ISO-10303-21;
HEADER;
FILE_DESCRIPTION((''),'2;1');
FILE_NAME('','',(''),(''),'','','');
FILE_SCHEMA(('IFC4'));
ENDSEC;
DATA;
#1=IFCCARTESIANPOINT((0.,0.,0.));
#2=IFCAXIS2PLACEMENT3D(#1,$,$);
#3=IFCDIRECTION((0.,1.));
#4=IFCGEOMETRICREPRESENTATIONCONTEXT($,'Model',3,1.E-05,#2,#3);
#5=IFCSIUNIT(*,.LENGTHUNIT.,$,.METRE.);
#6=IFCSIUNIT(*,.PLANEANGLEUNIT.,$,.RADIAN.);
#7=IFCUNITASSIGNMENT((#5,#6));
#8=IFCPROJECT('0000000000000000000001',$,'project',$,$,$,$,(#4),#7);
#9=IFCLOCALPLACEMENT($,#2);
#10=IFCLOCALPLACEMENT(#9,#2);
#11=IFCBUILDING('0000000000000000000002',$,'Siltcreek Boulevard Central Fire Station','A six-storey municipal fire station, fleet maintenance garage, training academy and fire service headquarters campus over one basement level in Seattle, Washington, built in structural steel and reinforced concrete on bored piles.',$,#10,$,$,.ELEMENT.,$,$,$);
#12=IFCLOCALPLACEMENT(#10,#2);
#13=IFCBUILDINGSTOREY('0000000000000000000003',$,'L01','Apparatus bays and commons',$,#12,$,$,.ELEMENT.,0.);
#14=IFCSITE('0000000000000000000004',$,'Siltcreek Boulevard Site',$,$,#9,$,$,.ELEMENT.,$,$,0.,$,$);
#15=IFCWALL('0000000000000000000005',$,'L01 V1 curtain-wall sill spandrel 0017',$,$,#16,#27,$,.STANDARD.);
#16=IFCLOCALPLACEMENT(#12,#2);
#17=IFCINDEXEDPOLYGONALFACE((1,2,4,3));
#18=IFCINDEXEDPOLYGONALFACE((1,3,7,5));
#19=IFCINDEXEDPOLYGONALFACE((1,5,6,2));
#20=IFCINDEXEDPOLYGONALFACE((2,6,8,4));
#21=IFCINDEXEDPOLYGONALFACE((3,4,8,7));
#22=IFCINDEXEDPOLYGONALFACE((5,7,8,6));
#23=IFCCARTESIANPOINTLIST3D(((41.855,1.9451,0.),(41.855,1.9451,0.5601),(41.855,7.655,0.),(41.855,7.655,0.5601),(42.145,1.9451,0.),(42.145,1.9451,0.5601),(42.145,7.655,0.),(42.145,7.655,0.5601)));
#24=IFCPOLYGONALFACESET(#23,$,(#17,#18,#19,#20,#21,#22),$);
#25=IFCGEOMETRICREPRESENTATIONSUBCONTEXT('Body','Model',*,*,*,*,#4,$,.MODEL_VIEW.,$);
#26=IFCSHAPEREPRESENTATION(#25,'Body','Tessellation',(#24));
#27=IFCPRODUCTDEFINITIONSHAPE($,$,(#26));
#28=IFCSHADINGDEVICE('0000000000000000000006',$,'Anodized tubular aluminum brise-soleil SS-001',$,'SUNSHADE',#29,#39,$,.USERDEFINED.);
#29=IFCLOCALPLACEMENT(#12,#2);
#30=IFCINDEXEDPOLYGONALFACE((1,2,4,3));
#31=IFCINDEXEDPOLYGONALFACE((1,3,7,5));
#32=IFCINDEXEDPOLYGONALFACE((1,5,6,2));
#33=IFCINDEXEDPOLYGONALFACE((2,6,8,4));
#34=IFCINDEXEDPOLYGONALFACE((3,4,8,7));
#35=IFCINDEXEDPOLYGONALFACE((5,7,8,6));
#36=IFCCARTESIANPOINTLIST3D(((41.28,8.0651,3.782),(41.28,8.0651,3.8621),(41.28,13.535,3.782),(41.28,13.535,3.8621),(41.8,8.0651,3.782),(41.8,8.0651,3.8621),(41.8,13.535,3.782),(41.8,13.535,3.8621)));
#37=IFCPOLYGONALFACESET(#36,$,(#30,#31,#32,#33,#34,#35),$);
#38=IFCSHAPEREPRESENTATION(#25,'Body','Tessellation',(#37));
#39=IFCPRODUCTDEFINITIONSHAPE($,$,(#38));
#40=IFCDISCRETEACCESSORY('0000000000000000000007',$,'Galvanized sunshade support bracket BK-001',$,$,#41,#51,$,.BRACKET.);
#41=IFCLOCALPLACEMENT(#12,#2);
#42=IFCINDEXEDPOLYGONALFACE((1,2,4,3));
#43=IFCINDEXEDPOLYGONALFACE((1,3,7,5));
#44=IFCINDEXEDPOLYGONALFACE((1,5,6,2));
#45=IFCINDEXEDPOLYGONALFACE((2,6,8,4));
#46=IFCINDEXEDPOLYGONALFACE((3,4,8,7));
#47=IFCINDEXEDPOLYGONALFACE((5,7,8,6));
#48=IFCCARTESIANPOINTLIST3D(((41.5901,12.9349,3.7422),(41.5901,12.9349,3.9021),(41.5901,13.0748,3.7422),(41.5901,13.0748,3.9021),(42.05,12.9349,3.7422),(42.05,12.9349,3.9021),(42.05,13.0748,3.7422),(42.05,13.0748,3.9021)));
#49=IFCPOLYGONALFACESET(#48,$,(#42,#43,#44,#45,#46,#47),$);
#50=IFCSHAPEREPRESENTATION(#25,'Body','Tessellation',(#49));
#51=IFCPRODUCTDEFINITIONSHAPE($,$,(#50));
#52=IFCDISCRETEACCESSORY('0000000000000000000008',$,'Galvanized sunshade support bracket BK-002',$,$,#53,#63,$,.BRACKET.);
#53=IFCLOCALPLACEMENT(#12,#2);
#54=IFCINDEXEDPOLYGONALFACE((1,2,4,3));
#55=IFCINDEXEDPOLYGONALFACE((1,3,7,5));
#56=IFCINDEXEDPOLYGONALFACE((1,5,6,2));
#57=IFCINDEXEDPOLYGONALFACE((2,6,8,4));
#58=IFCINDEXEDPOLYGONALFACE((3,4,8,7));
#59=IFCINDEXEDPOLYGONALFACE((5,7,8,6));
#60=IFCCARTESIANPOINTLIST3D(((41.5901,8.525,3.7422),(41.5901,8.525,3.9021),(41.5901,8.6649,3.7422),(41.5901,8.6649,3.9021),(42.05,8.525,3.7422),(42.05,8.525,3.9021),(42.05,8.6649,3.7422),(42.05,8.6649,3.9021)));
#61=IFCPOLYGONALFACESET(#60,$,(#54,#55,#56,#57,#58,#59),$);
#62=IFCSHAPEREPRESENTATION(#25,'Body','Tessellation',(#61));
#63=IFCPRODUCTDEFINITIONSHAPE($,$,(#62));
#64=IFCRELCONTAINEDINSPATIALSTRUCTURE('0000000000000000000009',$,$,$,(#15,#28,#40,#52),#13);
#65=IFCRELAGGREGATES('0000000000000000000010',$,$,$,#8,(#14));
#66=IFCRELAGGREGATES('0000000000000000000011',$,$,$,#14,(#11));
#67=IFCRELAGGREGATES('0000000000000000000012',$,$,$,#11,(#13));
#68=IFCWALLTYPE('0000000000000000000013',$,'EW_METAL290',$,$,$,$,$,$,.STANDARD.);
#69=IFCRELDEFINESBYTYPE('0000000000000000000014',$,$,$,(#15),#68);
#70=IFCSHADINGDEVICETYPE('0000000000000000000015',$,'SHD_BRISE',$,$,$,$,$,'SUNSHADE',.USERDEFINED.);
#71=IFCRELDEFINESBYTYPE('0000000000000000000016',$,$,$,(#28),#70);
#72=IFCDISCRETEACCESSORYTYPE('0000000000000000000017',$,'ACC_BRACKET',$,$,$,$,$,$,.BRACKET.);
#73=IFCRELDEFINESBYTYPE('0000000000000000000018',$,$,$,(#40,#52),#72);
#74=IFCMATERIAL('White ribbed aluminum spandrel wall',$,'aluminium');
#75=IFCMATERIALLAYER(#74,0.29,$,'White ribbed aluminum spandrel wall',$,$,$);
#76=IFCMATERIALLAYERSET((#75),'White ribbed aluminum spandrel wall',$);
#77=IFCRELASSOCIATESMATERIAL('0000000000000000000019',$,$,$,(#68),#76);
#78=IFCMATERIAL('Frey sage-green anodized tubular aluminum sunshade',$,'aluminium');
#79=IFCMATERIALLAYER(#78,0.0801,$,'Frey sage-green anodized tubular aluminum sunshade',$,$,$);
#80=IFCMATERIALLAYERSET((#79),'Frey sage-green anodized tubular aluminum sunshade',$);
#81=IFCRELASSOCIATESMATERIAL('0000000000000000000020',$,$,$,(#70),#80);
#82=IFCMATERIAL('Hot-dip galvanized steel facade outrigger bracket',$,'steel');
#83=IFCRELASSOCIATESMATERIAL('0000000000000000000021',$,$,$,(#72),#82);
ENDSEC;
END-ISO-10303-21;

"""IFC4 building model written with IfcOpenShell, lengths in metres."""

from ifc_helpers import new_model, si_unit, direction, frame, frame_2d, origin, origin_2d, place, context, subcontext, project, spatial, rectangle, extrude, material, layer, layer_set, type_object, element, save


model = new_model("IFC4")

# Units and contexts
model_context = context("Model", 3, precision=1e-05, world=origin(), true_north=direction((0.0, 1.0)))
body_context = subcontext(model_context, "Body", "Model", "MODEL_VIEW")
ifc_project = project(units=[si_unit("LENGTHUNIT", "METRE"), si_unit("PLANEANGLEUNIT", "RADIAN")], contexts=[model_context])

# Site, building, storey
site_placement = place(None, origin())
site = spatial("IfcSite", under=ifc_project, at=site_placement, Name="Siltcreek Boulevard Site", CompositionType="ELEMENT", RefElevation=0.0)
building_placement = place(site_placement, origin())
building = spatial("IfcBuilding", under=site, at=building_placement, Name="Siltcreek Boulevard Central Fire Station", Description="A six-storey municipal fire station, fleet maintenance garage, training academy and fire service headquarters campus over one basement level in Seattle, Washington, built in structural steel and reinforced concrete on bored piles.", CompositionType="ELEMENT")
storey_placement = place(building_placement, origin())
storey = spatial("IfcBuildingStorey", under=building, at=storey_placement, Name="L01", Description="Apparatus bays and commons", CompositionType="ELEMENT", Elevation=0.0)

# Wall
ifc_material_1 = material(Name="White ribbed aluminum spandrel wall", Category="aluminium")
ifc_layer_1 = layer(ifc_material_1, 0.29, Name="White ribbed aluminum spandrel wall")
ifc_layer_set_1 = layer_set([ifc_layer_1], Name="White ribbed aluminum spandrel wall")
wall_type = type_object("IfcWallType", Name="EW_METAL290", PredefinedType="STANDARD", material=ifc_layer_set_1)
wall_placement = place(storey_placement, frame((42.0, 7.655, 0.0), z_axis=(0.0, 0.0, 1.0), x_axis=(0.0, -1.0, 0.0)))
element("IfcWall", 1, at=wall_placement, inside=storey, type_object=wall_type, Name="L01 V1 curtain-wall sill spandrel 0017", PredefinedType="STANDARD", context=body_context, shape_type="SweptSolid", body=[
    extrude(rectangle(XDim=5.71, YDim=0.29, at=frame_2d((2.855, 0.0))), origin(), (0.0, 0.0, 1.0), 0.5601),
])

# Shading device
ifc_material_2 = material(Name="Frey sage-green anodized tubular aluminum sunshade", Category="aluminium")
ifc_layer_2 = layer(ifc_material_2, 0.0801, Name="Frey sage-green anodized tubular aluminum sunshade")
ifc_layer_set_2 = layer_set([ifc_layer_2], Name="Frey sage-green anodized tubular aluminum sunshade")
shading_device_type = type_object("IfcShadingDeviceType", Name="SHD_BRISE", ElementType="SUNSHADE", PredefinedType="USERDEFINED", material=ifc_layer_set_2)
shading_device_placement = place(storey_placement, frame((41.54, 10.8, 3.782), z_axis=(0.0, 0.0, 1.0), x_axis=(0.0, -1.0, 0.0)))
element("IfcShadingDevice", 2, at=shading_device_placement, inside=storey, type_object=shading_device_type, Name="Anodized tubular aluminum brise-soleil SS-001", ObjectType="SUNSHADE", PredefinedType="USERDEFINED", context=body_context, shape_type="SweptSolid", body=[
    extrude(rectangle(XDim=5.47, YDim=0.52, at=origin_2d()), origin(), (0.0, 0.0, 1.0), 0.0801),
])

# Discrete accessories
ifc_material_3 = material(Name="Hot-dip galvanized steel facade outrigger bracket", Category="steel")
discrete_accessory_type = type_object("IfcDiscreteAccessoryType", Name="ACC_BRACKET", PredefinedType="BRACKET", material=ifc_material_3)
for number, where, z_axis, x_axis, name in (
    (3, (41.8201, 13.0049, 3.7422), (0.0, 0.0, 1.0), (0.0, -1.0, 0.0), "Galvanized sunshade support bracket BK-001"),
    (4, (41.8201, 8.595, 3.7422), (0.0, 0.0, 1.0), (0.0, -1.0, 0.0), "Galvanized sunshade support bracket BK-002"),
):
    element("IfcDiscreteAccessory", number, at=place(storey_placement, frame(where, z_axis=z_axis, x_axis=x_axis)), inside=storey, type_object=discrete_accessory_type, Name=name, PredefinedType="BRACKET", context=body_context, shape_type="SweptSolid", body=[
        extrude(rectangle(XDim=0.1399, YDim=0.46, at=origin_2d()), origin(), (0.0, 0.0, 1.0), 0.1599),
    ])

save(model, "model.ifc")
